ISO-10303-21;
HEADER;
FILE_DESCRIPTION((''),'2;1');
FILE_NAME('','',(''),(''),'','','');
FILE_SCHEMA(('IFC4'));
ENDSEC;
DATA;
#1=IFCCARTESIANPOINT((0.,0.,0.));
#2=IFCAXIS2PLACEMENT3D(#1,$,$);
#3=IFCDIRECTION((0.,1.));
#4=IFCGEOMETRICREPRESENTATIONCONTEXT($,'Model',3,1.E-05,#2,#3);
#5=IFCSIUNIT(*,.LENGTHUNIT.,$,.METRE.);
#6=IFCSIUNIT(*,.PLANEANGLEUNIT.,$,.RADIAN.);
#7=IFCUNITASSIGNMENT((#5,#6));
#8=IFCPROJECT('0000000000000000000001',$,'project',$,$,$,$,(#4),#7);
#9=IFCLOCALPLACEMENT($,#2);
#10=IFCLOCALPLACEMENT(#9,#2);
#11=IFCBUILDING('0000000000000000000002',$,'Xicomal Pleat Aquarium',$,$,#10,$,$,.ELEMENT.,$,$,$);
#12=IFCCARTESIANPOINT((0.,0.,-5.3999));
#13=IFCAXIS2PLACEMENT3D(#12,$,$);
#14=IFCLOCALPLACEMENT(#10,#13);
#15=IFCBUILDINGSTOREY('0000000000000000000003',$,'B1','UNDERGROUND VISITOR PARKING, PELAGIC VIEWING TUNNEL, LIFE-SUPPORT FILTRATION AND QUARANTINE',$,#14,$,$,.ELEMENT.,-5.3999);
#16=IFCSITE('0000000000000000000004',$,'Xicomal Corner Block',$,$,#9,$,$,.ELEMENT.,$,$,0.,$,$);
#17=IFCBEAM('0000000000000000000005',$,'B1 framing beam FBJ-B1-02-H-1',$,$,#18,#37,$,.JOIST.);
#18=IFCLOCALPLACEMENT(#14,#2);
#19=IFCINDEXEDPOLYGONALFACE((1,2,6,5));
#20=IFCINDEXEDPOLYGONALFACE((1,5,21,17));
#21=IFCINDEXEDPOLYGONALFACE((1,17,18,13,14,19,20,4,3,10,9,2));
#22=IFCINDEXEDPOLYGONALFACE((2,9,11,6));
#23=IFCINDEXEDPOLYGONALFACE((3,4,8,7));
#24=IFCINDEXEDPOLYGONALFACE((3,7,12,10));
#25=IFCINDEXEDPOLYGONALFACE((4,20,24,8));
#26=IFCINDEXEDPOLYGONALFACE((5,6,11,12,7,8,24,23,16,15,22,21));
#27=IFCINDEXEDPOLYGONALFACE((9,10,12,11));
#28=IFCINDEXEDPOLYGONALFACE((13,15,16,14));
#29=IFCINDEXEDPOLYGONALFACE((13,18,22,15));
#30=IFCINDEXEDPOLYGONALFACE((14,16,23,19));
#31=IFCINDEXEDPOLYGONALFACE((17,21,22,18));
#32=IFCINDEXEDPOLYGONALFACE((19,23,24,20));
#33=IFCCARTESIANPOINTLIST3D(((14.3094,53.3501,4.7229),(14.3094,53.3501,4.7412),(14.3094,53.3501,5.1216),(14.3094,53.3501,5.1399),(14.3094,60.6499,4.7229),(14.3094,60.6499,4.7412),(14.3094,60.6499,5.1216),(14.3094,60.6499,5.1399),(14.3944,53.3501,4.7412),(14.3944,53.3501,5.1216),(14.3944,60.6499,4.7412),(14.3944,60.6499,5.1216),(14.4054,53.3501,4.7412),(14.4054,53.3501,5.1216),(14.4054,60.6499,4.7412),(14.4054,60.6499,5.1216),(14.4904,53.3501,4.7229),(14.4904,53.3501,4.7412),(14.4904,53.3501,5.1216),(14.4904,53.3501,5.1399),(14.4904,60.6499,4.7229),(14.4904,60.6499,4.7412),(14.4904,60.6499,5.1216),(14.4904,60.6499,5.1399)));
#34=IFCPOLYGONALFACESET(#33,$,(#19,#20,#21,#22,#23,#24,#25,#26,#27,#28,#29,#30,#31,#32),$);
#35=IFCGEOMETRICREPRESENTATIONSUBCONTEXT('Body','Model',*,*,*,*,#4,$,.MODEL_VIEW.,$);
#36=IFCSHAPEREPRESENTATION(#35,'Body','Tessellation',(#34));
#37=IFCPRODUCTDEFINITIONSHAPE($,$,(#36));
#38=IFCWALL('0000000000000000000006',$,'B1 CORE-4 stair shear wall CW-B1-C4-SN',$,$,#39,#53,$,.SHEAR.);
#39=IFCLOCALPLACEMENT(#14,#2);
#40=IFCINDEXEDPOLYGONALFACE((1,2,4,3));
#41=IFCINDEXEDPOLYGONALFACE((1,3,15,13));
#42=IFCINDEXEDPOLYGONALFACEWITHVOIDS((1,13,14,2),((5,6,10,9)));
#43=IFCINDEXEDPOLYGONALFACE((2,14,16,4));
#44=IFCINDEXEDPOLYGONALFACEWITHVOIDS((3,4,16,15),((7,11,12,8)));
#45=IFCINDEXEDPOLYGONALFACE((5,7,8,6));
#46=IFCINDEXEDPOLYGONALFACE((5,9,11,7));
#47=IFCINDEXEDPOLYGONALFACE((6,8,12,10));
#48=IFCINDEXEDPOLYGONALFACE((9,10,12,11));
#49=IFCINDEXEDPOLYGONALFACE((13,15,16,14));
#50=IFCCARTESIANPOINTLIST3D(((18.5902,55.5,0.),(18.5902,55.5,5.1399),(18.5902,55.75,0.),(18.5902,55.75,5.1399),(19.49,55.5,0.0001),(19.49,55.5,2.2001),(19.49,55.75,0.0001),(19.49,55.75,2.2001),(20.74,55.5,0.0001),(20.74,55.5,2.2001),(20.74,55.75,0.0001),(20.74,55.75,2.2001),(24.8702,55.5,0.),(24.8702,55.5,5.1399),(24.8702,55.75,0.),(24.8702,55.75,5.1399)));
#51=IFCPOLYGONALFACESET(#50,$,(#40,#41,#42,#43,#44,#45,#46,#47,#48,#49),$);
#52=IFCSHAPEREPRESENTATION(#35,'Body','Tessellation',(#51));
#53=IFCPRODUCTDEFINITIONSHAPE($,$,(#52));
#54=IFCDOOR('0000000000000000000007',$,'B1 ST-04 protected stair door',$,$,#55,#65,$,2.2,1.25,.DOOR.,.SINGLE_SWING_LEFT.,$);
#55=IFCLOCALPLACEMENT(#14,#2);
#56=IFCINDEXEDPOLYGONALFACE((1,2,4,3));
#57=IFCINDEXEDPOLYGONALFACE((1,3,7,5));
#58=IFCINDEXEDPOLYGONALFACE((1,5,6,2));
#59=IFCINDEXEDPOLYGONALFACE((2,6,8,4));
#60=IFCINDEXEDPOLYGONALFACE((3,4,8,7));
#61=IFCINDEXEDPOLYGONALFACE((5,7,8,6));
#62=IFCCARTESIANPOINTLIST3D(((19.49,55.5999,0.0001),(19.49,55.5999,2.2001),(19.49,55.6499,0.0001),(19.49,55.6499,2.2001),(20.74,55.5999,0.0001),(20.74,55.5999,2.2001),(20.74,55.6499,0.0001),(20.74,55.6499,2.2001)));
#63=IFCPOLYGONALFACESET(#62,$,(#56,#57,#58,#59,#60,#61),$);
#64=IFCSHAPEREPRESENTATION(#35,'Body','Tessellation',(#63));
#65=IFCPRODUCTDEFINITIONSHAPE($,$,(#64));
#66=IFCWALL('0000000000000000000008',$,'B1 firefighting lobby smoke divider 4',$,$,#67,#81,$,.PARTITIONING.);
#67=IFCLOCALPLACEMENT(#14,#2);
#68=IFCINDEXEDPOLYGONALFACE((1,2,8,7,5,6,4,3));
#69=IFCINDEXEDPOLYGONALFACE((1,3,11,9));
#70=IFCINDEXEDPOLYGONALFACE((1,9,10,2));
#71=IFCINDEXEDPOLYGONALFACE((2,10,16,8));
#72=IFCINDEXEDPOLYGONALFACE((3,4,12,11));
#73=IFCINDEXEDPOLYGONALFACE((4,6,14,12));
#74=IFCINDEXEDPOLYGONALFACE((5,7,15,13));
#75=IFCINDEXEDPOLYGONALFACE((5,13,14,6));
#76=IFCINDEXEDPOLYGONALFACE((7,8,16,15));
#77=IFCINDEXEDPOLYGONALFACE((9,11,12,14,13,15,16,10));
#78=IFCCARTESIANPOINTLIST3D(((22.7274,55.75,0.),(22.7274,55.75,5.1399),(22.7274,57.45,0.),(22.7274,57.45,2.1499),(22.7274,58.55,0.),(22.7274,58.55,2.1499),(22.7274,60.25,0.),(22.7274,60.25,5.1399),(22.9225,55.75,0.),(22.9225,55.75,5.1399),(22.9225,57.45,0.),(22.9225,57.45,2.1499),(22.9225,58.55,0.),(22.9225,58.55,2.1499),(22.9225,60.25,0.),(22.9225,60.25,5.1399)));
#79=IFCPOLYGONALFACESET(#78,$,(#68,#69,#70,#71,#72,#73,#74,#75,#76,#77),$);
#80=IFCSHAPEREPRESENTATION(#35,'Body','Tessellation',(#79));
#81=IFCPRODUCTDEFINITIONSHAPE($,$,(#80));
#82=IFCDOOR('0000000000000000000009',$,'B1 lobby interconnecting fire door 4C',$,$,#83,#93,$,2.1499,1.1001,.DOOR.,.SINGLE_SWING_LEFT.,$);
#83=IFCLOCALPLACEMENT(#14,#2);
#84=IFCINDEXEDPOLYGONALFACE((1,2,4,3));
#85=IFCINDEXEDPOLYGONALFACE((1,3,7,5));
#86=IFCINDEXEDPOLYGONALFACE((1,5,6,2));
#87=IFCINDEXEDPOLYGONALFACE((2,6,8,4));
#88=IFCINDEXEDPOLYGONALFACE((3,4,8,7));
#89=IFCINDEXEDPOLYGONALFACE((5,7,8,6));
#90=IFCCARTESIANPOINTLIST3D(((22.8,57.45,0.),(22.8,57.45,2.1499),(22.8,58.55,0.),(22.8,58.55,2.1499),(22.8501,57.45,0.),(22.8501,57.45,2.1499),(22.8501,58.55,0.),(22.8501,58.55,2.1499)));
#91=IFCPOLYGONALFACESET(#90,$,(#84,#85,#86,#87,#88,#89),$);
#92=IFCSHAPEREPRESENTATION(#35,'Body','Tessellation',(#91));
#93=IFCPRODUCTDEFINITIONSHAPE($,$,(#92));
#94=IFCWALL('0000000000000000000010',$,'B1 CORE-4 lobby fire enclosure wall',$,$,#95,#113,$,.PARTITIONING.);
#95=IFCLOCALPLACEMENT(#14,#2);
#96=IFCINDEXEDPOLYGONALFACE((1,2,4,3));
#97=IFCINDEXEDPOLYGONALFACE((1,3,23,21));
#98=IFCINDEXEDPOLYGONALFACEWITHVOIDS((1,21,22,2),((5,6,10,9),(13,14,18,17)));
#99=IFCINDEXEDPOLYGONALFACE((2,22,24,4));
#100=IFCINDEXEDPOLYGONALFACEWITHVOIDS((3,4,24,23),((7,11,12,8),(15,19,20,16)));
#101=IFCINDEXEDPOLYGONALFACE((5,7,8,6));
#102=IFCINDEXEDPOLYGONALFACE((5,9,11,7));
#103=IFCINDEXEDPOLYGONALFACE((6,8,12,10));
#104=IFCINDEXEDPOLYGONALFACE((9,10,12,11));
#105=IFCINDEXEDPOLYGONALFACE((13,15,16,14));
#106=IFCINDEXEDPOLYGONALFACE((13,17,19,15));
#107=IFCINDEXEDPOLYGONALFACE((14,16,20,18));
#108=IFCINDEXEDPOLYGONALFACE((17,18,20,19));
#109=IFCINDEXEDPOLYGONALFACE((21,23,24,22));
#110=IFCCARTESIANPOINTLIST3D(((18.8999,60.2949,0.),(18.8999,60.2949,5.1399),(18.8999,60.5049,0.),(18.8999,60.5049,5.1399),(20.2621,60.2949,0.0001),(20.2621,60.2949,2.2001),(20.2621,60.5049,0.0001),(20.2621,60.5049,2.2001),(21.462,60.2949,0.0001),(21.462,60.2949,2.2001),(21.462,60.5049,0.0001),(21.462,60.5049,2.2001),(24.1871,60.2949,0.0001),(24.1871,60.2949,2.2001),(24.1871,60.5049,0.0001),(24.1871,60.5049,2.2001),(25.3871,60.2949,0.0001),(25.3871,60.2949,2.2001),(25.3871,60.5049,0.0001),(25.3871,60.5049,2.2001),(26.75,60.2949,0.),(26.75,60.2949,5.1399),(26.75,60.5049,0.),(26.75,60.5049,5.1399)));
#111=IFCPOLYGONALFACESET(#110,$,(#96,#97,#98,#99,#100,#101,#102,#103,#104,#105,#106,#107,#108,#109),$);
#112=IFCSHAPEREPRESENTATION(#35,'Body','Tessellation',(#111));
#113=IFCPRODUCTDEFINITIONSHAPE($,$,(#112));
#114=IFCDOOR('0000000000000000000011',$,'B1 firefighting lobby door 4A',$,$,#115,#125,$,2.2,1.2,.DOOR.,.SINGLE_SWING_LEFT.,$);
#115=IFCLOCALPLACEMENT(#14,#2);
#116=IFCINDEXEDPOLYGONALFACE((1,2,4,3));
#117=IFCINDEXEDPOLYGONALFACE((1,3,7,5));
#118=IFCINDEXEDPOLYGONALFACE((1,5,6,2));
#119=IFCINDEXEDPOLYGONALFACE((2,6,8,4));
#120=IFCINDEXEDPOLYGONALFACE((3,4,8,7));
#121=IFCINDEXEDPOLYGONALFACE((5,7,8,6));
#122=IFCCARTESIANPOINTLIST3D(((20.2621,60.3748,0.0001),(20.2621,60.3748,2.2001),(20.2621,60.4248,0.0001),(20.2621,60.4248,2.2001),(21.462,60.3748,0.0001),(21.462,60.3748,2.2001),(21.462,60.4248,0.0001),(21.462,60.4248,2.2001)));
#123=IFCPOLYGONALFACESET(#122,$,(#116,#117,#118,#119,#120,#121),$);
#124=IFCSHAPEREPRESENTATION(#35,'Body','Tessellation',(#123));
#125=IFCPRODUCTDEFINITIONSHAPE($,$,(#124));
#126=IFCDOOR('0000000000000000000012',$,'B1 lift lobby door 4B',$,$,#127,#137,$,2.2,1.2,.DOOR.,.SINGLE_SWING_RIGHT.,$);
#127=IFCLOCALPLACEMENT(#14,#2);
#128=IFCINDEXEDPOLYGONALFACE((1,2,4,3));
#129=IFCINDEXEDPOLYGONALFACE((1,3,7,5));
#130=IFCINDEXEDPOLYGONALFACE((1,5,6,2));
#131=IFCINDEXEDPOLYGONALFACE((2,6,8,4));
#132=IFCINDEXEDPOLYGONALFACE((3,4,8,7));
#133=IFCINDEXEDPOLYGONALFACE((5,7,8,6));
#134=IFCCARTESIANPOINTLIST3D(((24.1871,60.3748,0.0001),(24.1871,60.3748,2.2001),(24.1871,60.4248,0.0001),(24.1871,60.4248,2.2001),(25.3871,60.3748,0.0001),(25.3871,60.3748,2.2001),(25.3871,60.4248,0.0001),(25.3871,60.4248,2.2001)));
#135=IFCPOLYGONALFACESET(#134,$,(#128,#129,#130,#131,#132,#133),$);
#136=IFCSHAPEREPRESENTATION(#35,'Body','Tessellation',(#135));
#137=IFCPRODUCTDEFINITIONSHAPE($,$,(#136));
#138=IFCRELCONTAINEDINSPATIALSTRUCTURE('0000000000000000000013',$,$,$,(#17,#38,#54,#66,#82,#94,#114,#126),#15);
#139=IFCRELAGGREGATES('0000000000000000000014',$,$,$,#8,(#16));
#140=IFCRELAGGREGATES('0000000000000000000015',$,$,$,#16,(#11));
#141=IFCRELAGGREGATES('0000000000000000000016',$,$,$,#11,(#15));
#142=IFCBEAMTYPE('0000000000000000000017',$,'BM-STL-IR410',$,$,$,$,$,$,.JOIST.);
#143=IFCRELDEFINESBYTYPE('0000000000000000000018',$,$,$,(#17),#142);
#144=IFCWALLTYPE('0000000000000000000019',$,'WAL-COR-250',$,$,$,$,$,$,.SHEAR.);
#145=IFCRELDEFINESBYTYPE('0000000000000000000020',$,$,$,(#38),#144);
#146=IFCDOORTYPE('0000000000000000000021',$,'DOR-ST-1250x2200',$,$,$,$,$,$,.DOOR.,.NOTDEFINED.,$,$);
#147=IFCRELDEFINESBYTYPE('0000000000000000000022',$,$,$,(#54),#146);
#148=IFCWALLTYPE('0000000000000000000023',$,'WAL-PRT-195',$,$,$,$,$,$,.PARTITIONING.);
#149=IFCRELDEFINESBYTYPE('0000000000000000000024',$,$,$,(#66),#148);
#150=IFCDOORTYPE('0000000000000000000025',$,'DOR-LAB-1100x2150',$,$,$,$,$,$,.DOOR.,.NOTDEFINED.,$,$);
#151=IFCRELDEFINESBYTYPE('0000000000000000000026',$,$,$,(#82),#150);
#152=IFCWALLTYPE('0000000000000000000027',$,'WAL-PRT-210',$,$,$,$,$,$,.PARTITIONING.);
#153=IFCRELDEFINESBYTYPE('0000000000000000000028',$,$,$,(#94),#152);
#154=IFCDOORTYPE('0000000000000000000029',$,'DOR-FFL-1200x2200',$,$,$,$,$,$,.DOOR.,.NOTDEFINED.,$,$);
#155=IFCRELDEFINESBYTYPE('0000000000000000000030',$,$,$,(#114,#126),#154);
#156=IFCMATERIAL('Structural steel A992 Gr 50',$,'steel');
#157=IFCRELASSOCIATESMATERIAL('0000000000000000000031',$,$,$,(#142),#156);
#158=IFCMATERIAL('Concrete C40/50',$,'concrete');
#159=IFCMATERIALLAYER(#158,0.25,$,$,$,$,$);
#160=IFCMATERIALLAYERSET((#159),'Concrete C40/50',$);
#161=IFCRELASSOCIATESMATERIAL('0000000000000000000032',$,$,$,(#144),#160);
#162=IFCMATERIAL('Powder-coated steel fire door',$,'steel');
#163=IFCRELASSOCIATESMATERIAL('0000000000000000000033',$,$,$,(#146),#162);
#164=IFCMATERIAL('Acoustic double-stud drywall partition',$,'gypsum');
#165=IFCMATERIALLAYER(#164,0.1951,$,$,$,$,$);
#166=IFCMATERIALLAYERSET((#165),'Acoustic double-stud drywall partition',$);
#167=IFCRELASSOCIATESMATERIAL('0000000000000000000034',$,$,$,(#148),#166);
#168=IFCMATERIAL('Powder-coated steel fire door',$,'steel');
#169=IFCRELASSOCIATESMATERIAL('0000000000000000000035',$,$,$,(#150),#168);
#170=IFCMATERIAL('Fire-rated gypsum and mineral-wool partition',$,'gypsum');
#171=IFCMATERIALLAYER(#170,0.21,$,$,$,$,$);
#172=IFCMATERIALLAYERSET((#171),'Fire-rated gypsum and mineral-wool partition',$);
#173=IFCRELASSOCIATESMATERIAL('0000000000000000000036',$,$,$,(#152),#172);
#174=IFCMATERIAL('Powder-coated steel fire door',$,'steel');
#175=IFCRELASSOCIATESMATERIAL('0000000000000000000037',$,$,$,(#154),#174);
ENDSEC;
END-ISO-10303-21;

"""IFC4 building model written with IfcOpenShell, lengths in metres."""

from ifc_helpers import new_model, si_unit, direction, frame, frame_2d, origin, origin_2d, place, context, subcontext, project, spatial, rectangle, i_section, extrude, material, layer, layer_set, material_profile, profile_set, type_object, element, fill, save


model = new_model("IFC4")

# Units and contexts
model_context = context("Model", 3, precision=1e-05, world=origin(), true_north=direction((0.0, 1.0)))
body_context = subcontext(model_context, "Body", "Model", "MODEL_VIEW")
ifc_project = project(units=[si_unit("LENGTHUNIT", "METRE"), si_unit("PLANEANGLEUNIT", "RADIAN")], contexts=[model_context])

# Site, building, storey
site_placement = place(None, origin())
site = spatial("IfcSite", under=ifc_project, at=site_placement, Name="Xicomal Corner Block", CompositionType="ELEMENT", RefElevation=0.0)
building_placement = place(site_placement, origin())
building = spatial("IfcBuilding", under=site, at=building_placement, Name="Xicomal Pleat Aquarium", CompositionType="ELEMENT")
storey_placement = place(building_placement, frame((0.0, 0.0, -5.3999)))
storey = spatial("IfcBuildingStorey", under=building, at=storey_placement, Name="B1", Description="UNDERGROUND VISITOR PARKING, PELAGIC VIEWING TUNNEL, LIFE-SUPPORT FILTRATION AND QUARANTINE", CompositionType="ELEMENT", Elevation=-5.3999)

# Beam
ifc_material_1 = material(Name="Structural steel A992 Gr 50", Category="steel")
ifc_material_profile_1 = material_profile(ifc_material_1, i_section(OverallWidth=0.1809, OverallDepth=0.417, WebThickness=0.011, FlangeThickness=0.0183, at=origin_2d()), Name="IR 410x85")
ifc_profile_set_1 = profile_set([ifc_material_profile_1], Name="Structural steel A992 Gr 50")
beam_type = type_object("IfcBeamType", Name="BM-STL-IR410", PredefinedType="JOIST", material=ifc_profile_set_1)
beam_placement = place(storey_placement, frame((14.3999, 53.3501, 4.9314), z_axis=(0.0, 1.0, 0.0), x_axis=(-1.0, 0.0, 0.0)))
element("IfcBeam", 1, at=beam_placement, inside=storey, type_object=beam_type, Name="B1 framing beam FBJ-B1-02-H-1", PredefinedType="JOIST", context=body_context, shape_type="SweptSolid", body=[
    extrude(i_section(OverallWidth=0.1809, OverallDepth=0.417, WebThickness=0.011, FlangeThickness=0.0183, at=origin_2d()), origin(), (0.0, 0.0, 1.0), 7.2998),
])

# Walls, openings, doors
ifc_material_2 = material(Name="Concrete C40/50", Category="concrete")
ifc_layer_1 = layer(ifc_material_2, 0.25)
ifc_layer_set_1 = layer_set([ifc_layer_1], Name="Concrete C40/50")
wall_type_1 = type_object("IfcWallType", Name="WAL-COR-250", PredefinedType="SHEAR", material=ifc_layer_set_1)
wall_1_placement = place(storey_placement, frame((18.5901, 55.625, 0.0), z_axis=(0.0, 0.0, 1.0), x_axis=(1.0, 0.0, 0.0)))
wall_1 = element("IfcWall", 2, at=wall_1_placement, inside=storey, type_object=wall_type_1, Name="B1 CORE-4 stair shear wall CW-B1-C4-SN", PredefinedType="SHEAR", context=body_context, shape_type="SweptSolid", body=[
    extrude(rectangle(XDim=6.28, YDim=0.25, at=frame_2d((3.1401, 0.0))), origin(), (0.0, 0.0, 1.0), 5.1399),
])
opening_1_placement = place(wall_1_placement, frame((0.8999, 0.0, 0.0)))
opening_1 = element("IfcOpeningElement", 3, at=opening_1_placement, cuts=wall_1, PredefinedType="OPENING", context=body_context, shape_type="SweptSolid", body=[
    extrude(rectangle(XDim=1.25, YDim=2.2, at=frame_2d((0.625, 1.1001))), frame((0.0, 0.135, 0.0), z_axis=(0.0, -1.0, 0.0), x_axis=(1.0, 0.0, 0.0)), (0.0, 0.0, 1.0), 0.27),
])
ifc_material_3 = material(Name="Powder-coated steel fire door", Category="steel")
door_type_1 = type_object("IfcDoorType", Name="DOR-ST-1250x2200", OperationType="NOTDEFINED", PredefinedType="DOOR", material=ifc_material_3)
door_1_placement = place(opening_1_placement, origin())
door_1 = element("IfcDoor", 4, at=door_1_placement, inside=storey, type_object=door_type_1, Name="B1 ST-04 protected stair door", OperationType="SINGLE_SWING_LEFT", OverallHeight=2.2, OverallWidth=1.25, PredefinedType="DOOR", context=body_context, shape_type="SweptSolid", body=[
    extrude(rectangle(XDim=1.25, YDim=2.2, at=frame_2d((0.625, 1.1001))), frame((0.0, 0.0249, 0.0), z_axis=(0.0, -1.0, 0.0), x_axis=(1.0, 0.0, 0.0)), (0.0, 0.0, 1.0), 0.05),
])
fill(opening_1, door_1)
ifc_material_4 = material(Name="Acoustic double-stud drywall partition", Category="gypsum")
ifc_layer_2 = layer(ifc_material_4, 0.1951)
ifc_layer_set_2 = layer_set([ifc_layer_2], Name="Acoustic double-stud drywall partition")
wall_type_2 = type_object("IfcWallType", Name="WAL-PRT-195", PredefinedType="PARTITIONING", material=ifc_layer_set_2)
wall_2_placement = place(storey_placement, frame((22.825, 55.75, 0.0), z_axis=(0.0, 0.0, 1.0), x_axis=(0.0, 1.0, 0.0)))
wall_2 = element("IfcWall", 5, at=wall_2_placement, inside=storey, type_object=wall_type_2, Name="B1 firefighting lobby smoke divider 4", PredefinedType="PARTITIONING", context=body_context, shape_type="SweptSolid", body=[
    extrude(rectangle(XDim=4.5, YDim=0.1951, at=frame_2d((2.25, 0.0))), origin(), (0.0, 0.0, 1.0), 5.1399),
])
opening_2_placement = place(wall_2_placement, frame((1.7, 0.0, 0.0)))
opening_2 = element("IfcOpeningElement", 6, at=opening_2_placement, cuts=wall_2, PredefinedType="OPENING", context=body_context, shape_type="SweptSolid", body=[
    extrude(rectangle(XDim=1.1001, YDim=2.1499, at=frame_2d((0.55, 1.075))), frame((0.0, 0.1074, 0.0), z_axis=(0.0, -1.0, 0.0), x_axis=(1.0, 0.0, 0.0)), (0.0, 0.0, 1.0), 0.2151),
])
ifc_material_5 = material(Name="Powder-coated steel fire door", Category="steel")
door_type_2 = type_object("IfcDoorType", Name="DOR-LAB-1100x2150", OperationType="NOTDEFINED", PredefinedType="DOOR", material=ifc_material_5)
door_2_placement = place(opening_2_placement, origin())
door_2 = element("IfcDoor", 7, at=door_2_placement, inside=storey, type_object=door_type_2, Name="B1 lobby interconnecting fire door 4C", OperationType="SINGLE_SWING_LEFT", OverallHeight=2.1499, OverallWidth=1.1001, PredefinedType="DOOR", context=body_context, shape_type="SweptSolid", body=[
    extrude(rectangle(XDim=1.1001, YDim=2.1499, at=frame_2d((0.55, 1.075))), frame((0.0, 0.0249, 0.0), z_axis=(0.0, -1.0, 0.0), x_axis=(1.0, 0.0, 0.0)), (0.0, 0.0, 1.0), 0.05),
])
fill(opening_2, door_2)

# Wall, openings, doors
ifc_material_6 = material(Name="Fire-rated gypsum and mineral-wool partition", Category="gypsum")
ifc_layer_3 = layer(ifc_material_6, 0.21)
ifc_layer_set_3 = layer_set([ifc_layer_3], Name="Fire-rated gypsum and mineral-wool partition")
wall_type_3 = type_object("IfcWallType", Name="WAL-PRT-210", PredefinedType="PARTITIONING", material=ifc_layer_set_3)
wall_3_placement = place(storey_placement, frame((18.8999, 60.3999, 0.0), z_axis=(0.0, 0.0, 1.0), x_axis=(1.0, 0.0, 0.0)))
wall_3 = element("IfcWall", 8, at=wall_3_placement, inside=storey, type_object=wall_type_3, Name="B1 CORE-4 lobby fire enclosure wall", PredefinedType="PARTITIONING", context=body_context, shape_type="SweptSolid", body=[
    extrude(rectangle(XDim=7.8501, YDim=0.21, at=frame_2d((3.925, 0.0))), origin(), (0.0, 0.0, 1.0), 5.1399),
])
opening_3_placement = place(wall_3_placement, frame((1.3621, 0.0, 0.0)))
opening_3 = element("IfcOpeningElement", 9, at=opening_3_placement, cuts=wall_3, PredefinedType="OPENING", context=body_context, shape_type="SweptSolid", body=[
    extrude(rectangle(XDim=1.2, YDim=2.2, at=frame_2d((0.6001, 1.1001))), frame((0.0, 0.115, 0.0), z_axis=(0.0, -1.0, 0.0), x_axis=(1.0, 0.0, 0.0)), (0.0, 0.0, 1.0), 0.23),
])
opening_4_placement = place(wall_3_placement, frame((5.2871, 0.0, 0.0)))
opening_4 = element("IfcOpeningElement", 10, at=opening_4_placement, cuts=wall_3, PredefinedType="OPENING", context=body_context, shape_type="SweptSolid", body=[
    extrude(rectangle(XDim=1.2, YDim=2.2, at=frame_2d((0.6001, 1.1001))), frame((0.0, 0.115, 0.0), z_axis=(0.0, -1.0, 0.0), x_axis=(1.0, 0.0, 0.0)), (0.0, 0.0, 1.0), 0.23),
])
ifc_material_7 = material(Name="Powder-coated steel fire door", Category="steel")
door_type_3 = type_object("IfcDoorType", Name="DOR-FFL-1200x2200", OperationType="NOTDEFINED", PredefinedType="DOOR", material=ifc_material_7)
door_3_placement = place(opening_3_placement, origin())
door_3 = element("IfcDoor", 11, at=door_3_placement, inside=storey, type_object=door_type_3, Name="B1 firefighting lobby door 4A", OperationType="SINGLE_SWING_LEFT", OverallHeight=2.2, OverallWidth=1.2, PredefinedType="DOOR", context=body_context, shape_type="SweptSolid", body=[
    extrude(rectangle(XDim=1.2, YDim=2.2, at=frame_2d((0.6001, 1.1001))), frame((0.0, 0.0249, 0.0), z_axis=(0.0, -1.0, 0.0), x_axis=(1.0, 0.0, 0.0)), (0.0, 0.0, 1.0), 0.05),
])
fill(opening_3, door_3)
door_4_placement = place(opening_4_placement, origin())
door_4 = element("IfcDoor", 12, at=door_4_placement, inside=storey, type_object=door_type_3, Name="B1 lift lobby door 4B", OperationType="SINGLE_SWING_RIGHT", OverallHeight=2.2, OverallWidth=1.2, PredefinedType="DOOR", context=body_context, shape_type="SweptSolid", body=[
    extrude(rectangle(XDim=1.2, YDim=2.2, at=frame_2d((0.6001, 1.1001))), frame((0.0, 0.0249, 0.0), z_axis=(0.0, -1.0, 0.0), x_axis=(1.0, 0.0, 0.0)), (0.0, 0.0, 1.0), 0.05),
])
fill(opening_4, door_4)

save(model, "model.ifc")
